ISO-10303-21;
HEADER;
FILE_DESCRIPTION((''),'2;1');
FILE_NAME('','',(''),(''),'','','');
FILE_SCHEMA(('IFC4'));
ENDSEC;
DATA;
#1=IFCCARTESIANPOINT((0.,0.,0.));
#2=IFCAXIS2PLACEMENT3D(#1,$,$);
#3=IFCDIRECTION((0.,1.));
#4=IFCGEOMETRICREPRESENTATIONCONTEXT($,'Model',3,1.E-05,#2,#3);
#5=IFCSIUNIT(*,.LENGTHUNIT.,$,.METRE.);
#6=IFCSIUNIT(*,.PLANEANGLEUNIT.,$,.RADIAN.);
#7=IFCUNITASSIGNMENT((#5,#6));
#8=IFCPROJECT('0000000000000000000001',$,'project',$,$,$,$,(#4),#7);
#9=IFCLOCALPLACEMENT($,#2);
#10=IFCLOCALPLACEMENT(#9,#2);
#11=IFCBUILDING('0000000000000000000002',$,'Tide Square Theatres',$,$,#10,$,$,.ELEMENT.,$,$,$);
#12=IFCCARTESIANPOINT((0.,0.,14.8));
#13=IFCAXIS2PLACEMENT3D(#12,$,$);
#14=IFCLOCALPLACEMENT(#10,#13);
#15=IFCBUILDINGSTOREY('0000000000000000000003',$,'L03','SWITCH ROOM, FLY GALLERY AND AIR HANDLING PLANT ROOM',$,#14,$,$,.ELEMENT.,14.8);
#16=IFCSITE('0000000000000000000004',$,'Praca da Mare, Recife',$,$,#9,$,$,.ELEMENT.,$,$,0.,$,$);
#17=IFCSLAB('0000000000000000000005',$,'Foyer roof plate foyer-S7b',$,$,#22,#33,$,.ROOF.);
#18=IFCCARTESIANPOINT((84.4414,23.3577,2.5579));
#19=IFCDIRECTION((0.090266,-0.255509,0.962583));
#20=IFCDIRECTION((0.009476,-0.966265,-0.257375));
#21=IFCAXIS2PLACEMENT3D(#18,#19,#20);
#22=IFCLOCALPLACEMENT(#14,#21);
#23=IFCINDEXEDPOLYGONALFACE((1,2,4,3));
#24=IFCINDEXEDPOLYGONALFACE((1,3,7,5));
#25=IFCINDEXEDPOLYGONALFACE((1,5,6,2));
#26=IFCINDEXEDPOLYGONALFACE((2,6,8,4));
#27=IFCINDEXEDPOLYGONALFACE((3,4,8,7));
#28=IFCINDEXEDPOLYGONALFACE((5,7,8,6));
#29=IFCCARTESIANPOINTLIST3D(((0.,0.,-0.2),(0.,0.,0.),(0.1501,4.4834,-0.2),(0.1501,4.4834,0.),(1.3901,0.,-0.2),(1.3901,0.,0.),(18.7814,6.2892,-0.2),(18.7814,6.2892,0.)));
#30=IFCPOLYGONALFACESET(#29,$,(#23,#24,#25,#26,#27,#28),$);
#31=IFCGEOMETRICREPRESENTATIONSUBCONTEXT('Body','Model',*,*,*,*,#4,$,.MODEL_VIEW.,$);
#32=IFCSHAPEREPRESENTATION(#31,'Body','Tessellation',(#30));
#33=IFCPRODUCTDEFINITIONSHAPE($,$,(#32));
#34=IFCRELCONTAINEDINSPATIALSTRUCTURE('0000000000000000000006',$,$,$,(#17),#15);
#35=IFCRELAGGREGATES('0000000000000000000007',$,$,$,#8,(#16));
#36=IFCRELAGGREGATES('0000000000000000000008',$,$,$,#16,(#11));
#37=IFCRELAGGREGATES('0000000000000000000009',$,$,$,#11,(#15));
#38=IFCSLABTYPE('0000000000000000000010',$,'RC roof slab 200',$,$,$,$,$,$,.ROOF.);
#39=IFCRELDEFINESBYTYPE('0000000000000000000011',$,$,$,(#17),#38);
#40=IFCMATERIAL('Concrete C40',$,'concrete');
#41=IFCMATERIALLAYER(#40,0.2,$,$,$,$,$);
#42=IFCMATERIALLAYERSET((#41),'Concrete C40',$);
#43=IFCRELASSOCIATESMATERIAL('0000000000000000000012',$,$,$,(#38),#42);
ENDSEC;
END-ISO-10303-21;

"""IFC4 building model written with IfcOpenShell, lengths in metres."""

from ifc_helpers import new_model, si_unit, direction, frame, origin, place, context, subcontext, project, spatial, polyline, outline, extrude, material, layer, layer_set, type_object, element, save


model = new_model("IFC4")

# Units and contexts
model_context = context("Model", 3, precision=1e-05, world=origin(), true_north=direction((0.0, 1.0)))
body_context = subcontext(model_context, "Body", "Model", "MODEL_VIEW")
ifc_project = project(units=[si_unit("LENGTHUNIT", "METRE"), si_unit("PLANEANGLEUNIT", "RADIAN")], contexts=[model_context])

# Site, building, storey
site_placement = place(None, origin())
site = spatial("IfcSite", under=ifc_project, at=site_placement, Name="Praca da Mare, Recife", CompositionType="ELEMENT", RefElevation=0.0)
building_placement = place(site_placement, origin())
building = spatial("IfcBuilding", under=site, at=building_placement, Name="Tide Square Theatres", CompositionType="ELEMENT")
storey_placement = place(building_placement, frame((0.0, 0.0, 14.8)))
storey = spatial("IfcBuildingStorey", under=building, at=storey_placement, Name="L03", Description="SWITCH ROOM, FLY GALLERY AND AIR HANDLING PLANT ROOM", CompositionType="ELEMENT", Elevation=14.8)

# Slab
ifc_material_1 = material(Name="Concrete C40", Category="concrete")
ifc_layer_1 = layer(ifc_material_1, 0.2)
ifc_layer_set_1 = layer_set([ifc_layer_1], Name="Concrete C40")
slab_type = type_object("IfcSlabType", Name="RC roof slab 200", PredefinedType="ROOF", material=ifc_layer_set_1)
slab_1_placement = place(storey_placement, frame((84.4414, 23.3577, 2.5579), z_axis=(0.090266, -0.255509, 0.962583), x_axis=(0.009476, -0.966265, -0.257375)))
element("IfcSlab", 1, at=slab_1_placement, inside=storey, type_object=slab_type, Name="Foyer roof plate foyer-S7b", PredefinedType="ROOF", context=body_context, shape_type="SweptSolid", body=[
    extrude(outline(polyline([(0.0, 0.0), (1.3901, 0.0), (18.7814, 6.2892), (0.1501, 4.4834), (0.0, 0.0)])), origin(), (0.0, 0.0, -1.0), 0.2),
])

save(model, "model.ifc")
